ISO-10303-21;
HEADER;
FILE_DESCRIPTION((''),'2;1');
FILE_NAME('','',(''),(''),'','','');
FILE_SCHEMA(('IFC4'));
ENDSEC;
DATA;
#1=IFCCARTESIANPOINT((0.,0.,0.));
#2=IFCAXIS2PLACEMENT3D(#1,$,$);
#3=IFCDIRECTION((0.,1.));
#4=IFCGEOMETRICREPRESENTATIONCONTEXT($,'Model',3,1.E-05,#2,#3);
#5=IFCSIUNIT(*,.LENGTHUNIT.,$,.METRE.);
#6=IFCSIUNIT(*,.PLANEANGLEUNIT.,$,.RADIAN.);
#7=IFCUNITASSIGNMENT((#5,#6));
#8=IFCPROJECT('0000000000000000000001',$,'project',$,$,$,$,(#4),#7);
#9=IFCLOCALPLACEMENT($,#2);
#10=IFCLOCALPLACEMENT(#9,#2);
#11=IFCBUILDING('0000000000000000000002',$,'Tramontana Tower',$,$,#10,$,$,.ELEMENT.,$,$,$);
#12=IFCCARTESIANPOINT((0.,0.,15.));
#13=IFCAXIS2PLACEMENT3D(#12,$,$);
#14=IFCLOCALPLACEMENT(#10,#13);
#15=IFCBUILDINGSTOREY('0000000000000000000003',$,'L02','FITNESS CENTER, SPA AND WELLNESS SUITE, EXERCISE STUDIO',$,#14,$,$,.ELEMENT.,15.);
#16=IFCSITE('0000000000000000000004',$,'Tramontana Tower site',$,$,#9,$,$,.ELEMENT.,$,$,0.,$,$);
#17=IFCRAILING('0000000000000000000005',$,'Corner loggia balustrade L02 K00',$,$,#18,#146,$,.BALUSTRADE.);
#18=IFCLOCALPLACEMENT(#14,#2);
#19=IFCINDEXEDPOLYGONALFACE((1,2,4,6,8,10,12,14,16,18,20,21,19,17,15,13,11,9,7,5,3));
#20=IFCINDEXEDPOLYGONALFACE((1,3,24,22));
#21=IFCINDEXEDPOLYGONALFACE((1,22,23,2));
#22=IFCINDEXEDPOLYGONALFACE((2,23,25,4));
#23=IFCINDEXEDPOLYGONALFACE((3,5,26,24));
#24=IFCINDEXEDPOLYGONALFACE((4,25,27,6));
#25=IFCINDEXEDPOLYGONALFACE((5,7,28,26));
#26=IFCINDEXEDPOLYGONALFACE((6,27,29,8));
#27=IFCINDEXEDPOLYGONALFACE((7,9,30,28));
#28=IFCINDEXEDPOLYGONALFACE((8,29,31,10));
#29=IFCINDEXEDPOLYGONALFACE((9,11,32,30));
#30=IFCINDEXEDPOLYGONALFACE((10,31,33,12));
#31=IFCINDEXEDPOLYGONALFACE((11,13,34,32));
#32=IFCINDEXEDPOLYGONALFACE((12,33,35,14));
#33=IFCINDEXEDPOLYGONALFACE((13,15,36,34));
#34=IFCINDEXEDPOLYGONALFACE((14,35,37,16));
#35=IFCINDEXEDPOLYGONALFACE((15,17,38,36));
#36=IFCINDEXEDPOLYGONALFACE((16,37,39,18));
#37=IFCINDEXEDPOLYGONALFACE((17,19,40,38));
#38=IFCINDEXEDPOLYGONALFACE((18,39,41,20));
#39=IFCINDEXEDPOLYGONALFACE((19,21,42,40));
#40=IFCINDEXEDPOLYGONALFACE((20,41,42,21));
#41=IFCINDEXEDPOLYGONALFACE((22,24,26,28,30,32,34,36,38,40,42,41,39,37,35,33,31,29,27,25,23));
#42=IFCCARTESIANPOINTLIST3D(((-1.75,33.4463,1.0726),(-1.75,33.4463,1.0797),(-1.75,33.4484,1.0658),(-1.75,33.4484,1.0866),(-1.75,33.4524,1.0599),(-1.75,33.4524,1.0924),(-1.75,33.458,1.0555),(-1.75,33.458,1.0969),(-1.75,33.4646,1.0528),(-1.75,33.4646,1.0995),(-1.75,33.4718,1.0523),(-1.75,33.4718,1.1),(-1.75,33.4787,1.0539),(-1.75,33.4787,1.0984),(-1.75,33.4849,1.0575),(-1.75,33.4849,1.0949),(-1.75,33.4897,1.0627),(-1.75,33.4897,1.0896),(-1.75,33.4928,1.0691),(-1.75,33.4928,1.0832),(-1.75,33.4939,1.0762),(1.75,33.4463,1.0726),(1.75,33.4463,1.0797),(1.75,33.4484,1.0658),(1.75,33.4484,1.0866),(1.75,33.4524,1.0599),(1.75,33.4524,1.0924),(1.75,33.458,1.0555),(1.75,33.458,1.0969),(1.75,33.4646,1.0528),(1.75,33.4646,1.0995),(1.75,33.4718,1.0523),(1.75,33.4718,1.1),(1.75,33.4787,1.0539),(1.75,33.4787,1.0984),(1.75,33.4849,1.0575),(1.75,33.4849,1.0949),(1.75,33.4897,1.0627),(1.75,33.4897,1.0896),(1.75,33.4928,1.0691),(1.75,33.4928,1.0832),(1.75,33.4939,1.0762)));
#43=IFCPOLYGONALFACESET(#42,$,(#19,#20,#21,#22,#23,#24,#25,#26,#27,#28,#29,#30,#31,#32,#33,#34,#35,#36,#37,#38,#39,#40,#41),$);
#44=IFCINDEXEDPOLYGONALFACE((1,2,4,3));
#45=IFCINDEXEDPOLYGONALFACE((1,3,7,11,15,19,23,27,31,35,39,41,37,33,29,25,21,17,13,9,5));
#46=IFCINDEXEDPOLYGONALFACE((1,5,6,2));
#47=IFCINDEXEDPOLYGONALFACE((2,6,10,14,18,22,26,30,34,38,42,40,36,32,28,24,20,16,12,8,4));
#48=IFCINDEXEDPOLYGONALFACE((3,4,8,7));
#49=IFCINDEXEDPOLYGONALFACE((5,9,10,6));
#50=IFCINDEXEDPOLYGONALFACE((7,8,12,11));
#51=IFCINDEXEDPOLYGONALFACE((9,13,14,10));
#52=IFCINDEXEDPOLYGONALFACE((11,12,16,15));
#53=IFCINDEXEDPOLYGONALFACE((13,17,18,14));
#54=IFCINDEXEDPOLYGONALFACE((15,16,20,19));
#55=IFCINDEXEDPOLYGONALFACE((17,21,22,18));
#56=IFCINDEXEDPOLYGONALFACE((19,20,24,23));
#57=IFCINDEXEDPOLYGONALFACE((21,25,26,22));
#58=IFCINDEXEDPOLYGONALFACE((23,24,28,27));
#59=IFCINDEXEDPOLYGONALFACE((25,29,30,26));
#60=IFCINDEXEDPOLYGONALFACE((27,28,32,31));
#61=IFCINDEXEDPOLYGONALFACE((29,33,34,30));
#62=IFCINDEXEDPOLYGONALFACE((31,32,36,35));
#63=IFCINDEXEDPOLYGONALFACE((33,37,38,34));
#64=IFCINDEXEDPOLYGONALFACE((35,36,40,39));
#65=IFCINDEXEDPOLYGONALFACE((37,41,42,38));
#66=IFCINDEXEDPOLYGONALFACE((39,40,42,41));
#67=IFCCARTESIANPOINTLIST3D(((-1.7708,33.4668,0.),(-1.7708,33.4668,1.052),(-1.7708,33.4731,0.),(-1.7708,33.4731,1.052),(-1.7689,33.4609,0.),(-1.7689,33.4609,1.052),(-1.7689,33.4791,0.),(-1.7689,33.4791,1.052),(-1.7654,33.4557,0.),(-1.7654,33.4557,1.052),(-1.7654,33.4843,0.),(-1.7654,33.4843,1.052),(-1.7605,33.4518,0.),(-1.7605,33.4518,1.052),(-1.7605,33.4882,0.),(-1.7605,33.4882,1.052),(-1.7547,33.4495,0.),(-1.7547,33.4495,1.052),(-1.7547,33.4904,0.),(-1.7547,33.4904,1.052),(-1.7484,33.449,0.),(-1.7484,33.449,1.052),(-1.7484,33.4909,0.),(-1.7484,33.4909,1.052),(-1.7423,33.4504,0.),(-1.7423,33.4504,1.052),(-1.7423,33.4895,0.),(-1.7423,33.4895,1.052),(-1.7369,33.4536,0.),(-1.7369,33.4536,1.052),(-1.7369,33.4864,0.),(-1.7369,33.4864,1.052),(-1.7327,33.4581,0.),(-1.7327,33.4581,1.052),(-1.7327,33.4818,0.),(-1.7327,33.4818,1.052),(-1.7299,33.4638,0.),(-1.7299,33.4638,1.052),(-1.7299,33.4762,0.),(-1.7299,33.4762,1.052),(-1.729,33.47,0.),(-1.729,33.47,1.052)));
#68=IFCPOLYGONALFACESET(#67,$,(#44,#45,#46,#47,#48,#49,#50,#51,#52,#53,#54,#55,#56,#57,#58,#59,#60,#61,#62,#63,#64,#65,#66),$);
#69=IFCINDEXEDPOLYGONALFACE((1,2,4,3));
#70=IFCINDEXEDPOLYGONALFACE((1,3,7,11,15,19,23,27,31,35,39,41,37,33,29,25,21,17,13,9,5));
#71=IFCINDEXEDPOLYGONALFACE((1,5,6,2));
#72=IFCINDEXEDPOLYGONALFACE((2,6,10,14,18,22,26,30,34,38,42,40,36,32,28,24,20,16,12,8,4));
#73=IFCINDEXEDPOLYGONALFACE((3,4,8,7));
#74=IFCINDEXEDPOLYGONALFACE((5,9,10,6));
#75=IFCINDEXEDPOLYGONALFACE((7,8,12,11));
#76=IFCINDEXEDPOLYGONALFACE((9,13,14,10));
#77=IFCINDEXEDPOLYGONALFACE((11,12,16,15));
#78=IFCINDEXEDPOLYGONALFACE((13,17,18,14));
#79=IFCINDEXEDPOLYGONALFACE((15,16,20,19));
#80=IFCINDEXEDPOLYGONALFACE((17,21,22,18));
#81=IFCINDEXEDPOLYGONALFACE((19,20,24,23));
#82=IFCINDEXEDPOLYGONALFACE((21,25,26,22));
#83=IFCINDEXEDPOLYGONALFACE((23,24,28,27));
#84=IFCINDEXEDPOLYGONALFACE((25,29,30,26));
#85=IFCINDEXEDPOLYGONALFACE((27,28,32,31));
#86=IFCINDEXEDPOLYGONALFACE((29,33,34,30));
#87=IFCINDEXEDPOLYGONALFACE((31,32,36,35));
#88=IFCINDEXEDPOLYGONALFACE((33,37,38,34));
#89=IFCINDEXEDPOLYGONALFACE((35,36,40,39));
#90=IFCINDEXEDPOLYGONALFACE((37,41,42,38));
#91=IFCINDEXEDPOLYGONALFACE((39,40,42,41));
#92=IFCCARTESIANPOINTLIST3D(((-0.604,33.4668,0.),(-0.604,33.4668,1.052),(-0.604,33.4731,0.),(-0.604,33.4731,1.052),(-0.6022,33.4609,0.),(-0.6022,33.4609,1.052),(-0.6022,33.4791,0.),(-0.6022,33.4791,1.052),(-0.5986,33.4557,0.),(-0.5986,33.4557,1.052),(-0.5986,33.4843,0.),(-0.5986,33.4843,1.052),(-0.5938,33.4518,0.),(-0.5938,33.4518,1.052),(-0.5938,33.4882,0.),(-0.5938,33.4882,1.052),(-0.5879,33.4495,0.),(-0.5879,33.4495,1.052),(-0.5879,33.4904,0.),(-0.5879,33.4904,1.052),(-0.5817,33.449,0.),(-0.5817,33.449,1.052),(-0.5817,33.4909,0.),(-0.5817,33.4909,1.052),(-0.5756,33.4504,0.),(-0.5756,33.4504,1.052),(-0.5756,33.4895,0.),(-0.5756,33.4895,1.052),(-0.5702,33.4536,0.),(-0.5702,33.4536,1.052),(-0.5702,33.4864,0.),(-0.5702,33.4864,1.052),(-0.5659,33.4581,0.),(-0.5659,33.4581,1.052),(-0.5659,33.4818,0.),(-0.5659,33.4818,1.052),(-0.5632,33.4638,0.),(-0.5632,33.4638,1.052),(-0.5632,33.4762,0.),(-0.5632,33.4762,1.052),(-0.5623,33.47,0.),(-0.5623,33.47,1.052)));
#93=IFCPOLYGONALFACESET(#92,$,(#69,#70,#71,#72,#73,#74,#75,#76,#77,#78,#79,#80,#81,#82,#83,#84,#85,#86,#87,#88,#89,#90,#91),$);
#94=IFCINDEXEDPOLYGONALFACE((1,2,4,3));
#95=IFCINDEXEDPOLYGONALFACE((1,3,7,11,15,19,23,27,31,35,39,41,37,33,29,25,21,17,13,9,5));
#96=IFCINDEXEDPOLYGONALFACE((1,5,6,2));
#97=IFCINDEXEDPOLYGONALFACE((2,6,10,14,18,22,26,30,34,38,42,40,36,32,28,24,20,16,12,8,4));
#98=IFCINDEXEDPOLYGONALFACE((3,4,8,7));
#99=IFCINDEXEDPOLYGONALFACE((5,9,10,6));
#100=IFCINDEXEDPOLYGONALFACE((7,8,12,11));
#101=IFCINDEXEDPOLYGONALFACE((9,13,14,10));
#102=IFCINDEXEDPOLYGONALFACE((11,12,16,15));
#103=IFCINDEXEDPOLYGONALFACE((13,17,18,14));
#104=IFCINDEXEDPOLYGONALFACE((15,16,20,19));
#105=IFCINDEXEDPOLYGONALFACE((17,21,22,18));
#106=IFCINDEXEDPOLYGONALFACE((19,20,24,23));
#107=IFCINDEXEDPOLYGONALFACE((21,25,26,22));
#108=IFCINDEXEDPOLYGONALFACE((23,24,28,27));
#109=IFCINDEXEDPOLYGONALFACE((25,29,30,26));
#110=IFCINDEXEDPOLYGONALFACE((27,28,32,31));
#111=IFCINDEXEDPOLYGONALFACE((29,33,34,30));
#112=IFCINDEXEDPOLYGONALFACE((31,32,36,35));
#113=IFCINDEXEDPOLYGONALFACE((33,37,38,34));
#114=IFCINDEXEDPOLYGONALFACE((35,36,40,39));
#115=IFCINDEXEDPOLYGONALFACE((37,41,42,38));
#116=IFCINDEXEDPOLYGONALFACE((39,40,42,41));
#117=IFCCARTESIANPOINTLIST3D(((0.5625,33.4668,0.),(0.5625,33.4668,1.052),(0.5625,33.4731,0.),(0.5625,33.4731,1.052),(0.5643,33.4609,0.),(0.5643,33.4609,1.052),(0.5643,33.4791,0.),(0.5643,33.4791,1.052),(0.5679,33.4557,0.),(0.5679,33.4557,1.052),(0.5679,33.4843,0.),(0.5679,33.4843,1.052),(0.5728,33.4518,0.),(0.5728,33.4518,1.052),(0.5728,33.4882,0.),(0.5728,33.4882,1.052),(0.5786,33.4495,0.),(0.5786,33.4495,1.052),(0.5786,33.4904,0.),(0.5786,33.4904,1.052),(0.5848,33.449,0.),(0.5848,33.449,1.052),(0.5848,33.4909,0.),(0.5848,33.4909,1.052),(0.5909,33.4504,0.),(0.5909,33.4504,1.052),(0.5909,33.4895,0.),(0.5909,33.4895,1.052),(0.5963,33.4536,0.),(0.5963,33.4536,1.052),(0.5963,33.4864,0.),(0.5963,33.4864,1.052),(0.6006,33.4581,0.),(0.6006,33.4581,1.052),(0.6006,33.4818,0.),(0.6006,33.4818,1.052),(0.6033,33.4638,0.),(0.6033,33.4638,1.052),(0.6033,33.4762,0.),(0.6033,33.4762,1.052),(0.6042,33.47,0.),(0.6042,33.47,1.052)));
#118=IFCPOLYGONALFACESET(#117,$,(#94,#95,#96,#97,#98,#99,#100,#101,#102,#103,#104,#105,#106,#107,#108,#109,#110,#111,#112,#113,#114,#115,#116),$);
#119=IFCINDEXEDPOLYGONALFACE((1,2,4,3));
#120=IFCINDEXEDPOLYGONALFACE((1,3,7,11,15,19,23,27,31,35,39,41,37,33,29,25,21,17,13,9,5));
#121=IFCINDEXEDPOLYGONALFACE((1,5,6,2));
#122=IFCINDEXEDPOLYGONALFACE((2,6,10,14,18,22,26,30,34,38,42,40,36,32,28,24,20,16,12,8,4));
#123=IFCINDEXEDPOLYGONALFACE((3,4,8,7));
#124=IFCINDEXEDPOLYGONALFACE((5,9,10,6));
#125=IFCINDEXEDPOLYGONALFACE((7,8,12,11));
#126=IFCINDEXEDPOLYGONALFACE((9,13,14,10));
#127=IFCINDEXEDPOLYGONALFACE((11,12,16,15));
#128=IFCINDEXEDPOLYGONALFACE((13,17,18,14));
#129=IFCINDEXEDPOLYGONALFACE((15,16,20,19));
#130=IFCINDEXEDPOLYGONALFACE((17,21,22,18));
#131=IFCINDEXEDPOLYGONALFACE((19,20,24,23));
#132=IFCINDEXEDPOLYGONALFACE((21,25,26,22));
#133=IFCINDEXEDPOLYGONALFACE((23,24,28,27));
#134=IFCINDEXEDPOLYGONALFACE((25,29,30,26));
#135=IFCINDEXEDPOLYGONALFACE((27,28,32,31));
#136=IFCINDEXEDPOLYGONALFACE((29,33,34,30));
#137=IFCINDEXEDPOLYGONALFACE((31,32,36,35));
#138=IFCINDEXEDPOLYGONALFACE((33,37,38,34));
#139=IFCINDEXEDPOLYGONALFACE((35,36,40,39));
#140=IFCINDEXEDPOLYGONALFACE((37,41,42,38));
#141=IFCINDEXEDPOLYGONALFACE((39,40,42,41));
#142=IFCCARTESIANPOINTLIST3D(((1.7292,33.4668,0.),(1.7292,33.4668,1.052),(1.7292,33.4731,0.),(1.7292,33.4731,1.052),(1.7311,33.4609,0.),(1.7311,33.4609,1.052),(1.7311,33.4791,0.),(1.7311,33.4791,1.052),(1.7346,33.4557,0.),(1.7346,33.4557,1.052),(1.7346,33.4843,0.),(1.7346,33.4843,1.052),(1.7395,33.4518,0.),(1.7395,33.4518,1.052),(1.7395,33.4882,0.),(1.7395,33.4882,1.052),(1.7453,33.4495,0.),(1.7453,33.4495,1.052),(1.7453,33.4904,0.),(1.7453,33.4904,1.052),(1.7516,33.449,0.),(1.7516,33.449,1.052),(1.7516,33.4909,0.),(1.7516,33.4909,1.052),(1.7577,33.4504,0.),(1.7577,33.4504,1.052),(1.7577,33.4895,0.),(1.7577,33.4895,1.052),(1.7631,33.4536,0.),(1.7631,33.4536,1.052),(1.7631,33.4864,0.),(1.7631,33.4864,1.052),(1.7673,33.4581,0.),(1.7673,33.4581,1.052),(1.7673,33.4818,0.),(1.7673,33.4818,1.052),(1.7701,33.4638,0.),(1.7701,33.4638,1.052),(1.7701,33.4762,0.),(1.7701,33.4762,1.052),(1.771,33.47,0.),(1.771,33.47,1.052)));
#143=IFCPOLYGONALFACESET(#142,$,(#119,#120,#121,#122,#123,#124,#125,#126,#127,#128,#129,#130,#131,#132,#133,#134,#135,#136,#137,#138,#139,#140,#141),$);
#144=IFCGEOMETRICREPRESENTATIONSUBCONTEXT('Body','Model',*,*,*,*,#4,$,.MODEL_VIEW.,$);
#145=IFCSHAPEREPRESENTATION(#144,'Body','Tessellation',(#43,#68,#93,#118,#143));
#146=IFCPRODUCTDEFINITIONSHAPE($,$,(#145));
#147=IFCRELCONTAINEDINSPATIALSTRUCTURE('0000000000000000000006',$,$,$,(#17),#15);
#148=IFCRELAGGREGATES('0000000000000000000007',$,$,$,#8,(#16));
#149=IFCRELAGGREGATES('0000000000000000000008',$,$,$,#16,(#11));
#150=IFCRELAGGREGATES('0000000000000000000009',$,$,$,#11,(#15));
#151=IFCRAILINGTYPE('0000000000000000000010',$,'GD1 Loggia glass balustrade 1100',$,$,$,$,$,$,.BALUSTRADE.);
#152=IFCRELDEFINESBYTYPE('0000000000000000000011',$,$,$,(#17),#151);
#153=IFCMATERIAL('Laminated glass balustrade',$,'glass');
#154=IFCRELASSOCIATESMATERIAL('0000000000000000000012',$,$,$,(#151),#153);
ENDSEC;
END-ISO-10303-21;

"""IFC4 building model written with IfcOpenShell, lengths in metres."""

from ifc_helpers import new_model, si_unit, direction, frame, origin, origin_2d, place, context, subcontext, project, spatial, circle, extrude, material, type_object, element, save


model = new_model("IFC4")

# Units and contexts
model_context = context("Model", 3, precision=1e-05, world=origin(), true_north=direction((0.0, 1.0)))
body_context = subcontext(model_context, "Body", "Model", "MODEL_VIEW")
ifc_project = project(units=[si_unit("LENGTHUNIT", "METRE"), si_unit("PLANEANGLEUNIT", "RADIAN")], contexts=[model_context])

# Site, building, storey
site_placement = place(None, origin())
site = spatial("IfcSite", under=ifc_project, at=site_placement, Name="Tramontana Tower site", CompositionType="ELEMENT", RefElevation=0.0)
building_placement = place(site_placement, origin())
building = spatial("IfcBuilding", under=site, at=building_placement, Name="Tramontana Tower", CompositionType="ELEMENT")
storey_placement = place(building_placement, frame((0.0, 0.0, 15.0)))
storey = spatial("IfcBuildingStorey", under=building, at=storey_placement, Name="L02", Description="FITNESS CENTER, SPA AND WELLNESS SUITE, EXERCISE STUDIO", CompositionType="ELEMENT", Elevation=15.0)

# Railing
ifc_material_1 = material(Name="Laminated glass balustrade", Category="glass")
railing_type = type_object("IfcRailingType", Name="GD1 Loggia glass balustrade 1100", PredefinedType="BALUSTRADE", material=ifc_material_1)
railing_placement = place(storey_placement, frame((-1.75, 33.47, 0.0)))
element("IfcRailing", 1, at=railing_placement, inside=storey, type_object=railing_type, Name="Corner loggia balustrade L02 K00", PredefinedType="BALUSTRADE", context=body_context, shape_type="SweptSolid", body=[
    extrude(circle(Radius=0.0239, at=origin_2d()), frame((0.0, 0.0, 1.0762), z_axis=(1.0, 0.0, 0.0), x_axis=(0.0, 1.0, 0.0)), (0.0, 0.0, 1.0), 3.5),
    extrude(circle(Radius=0.021, at=origin_2d()), origin(), (0.0, 0.0, 1.0), 1.052),
    extrude(circle(Radius=0.021, at=origin_2d()), frame((1.1667, 0.0, 0.0)), (0.0, 0.0, 1.0), 1.052),
    extrude(circle(Radius=0.021, at=origin_2d()), frame((2.3333, 0.0, 0.0)), (0.0, 0.0, 1.0), 1.052),
    extrude(circle(Radius=0.021, at=origin_2d()), frame((3.5, 0.0, 0.0)), (0.0, 0.0, 1.0), 1.052),
])

save(model, "model.ifc")
